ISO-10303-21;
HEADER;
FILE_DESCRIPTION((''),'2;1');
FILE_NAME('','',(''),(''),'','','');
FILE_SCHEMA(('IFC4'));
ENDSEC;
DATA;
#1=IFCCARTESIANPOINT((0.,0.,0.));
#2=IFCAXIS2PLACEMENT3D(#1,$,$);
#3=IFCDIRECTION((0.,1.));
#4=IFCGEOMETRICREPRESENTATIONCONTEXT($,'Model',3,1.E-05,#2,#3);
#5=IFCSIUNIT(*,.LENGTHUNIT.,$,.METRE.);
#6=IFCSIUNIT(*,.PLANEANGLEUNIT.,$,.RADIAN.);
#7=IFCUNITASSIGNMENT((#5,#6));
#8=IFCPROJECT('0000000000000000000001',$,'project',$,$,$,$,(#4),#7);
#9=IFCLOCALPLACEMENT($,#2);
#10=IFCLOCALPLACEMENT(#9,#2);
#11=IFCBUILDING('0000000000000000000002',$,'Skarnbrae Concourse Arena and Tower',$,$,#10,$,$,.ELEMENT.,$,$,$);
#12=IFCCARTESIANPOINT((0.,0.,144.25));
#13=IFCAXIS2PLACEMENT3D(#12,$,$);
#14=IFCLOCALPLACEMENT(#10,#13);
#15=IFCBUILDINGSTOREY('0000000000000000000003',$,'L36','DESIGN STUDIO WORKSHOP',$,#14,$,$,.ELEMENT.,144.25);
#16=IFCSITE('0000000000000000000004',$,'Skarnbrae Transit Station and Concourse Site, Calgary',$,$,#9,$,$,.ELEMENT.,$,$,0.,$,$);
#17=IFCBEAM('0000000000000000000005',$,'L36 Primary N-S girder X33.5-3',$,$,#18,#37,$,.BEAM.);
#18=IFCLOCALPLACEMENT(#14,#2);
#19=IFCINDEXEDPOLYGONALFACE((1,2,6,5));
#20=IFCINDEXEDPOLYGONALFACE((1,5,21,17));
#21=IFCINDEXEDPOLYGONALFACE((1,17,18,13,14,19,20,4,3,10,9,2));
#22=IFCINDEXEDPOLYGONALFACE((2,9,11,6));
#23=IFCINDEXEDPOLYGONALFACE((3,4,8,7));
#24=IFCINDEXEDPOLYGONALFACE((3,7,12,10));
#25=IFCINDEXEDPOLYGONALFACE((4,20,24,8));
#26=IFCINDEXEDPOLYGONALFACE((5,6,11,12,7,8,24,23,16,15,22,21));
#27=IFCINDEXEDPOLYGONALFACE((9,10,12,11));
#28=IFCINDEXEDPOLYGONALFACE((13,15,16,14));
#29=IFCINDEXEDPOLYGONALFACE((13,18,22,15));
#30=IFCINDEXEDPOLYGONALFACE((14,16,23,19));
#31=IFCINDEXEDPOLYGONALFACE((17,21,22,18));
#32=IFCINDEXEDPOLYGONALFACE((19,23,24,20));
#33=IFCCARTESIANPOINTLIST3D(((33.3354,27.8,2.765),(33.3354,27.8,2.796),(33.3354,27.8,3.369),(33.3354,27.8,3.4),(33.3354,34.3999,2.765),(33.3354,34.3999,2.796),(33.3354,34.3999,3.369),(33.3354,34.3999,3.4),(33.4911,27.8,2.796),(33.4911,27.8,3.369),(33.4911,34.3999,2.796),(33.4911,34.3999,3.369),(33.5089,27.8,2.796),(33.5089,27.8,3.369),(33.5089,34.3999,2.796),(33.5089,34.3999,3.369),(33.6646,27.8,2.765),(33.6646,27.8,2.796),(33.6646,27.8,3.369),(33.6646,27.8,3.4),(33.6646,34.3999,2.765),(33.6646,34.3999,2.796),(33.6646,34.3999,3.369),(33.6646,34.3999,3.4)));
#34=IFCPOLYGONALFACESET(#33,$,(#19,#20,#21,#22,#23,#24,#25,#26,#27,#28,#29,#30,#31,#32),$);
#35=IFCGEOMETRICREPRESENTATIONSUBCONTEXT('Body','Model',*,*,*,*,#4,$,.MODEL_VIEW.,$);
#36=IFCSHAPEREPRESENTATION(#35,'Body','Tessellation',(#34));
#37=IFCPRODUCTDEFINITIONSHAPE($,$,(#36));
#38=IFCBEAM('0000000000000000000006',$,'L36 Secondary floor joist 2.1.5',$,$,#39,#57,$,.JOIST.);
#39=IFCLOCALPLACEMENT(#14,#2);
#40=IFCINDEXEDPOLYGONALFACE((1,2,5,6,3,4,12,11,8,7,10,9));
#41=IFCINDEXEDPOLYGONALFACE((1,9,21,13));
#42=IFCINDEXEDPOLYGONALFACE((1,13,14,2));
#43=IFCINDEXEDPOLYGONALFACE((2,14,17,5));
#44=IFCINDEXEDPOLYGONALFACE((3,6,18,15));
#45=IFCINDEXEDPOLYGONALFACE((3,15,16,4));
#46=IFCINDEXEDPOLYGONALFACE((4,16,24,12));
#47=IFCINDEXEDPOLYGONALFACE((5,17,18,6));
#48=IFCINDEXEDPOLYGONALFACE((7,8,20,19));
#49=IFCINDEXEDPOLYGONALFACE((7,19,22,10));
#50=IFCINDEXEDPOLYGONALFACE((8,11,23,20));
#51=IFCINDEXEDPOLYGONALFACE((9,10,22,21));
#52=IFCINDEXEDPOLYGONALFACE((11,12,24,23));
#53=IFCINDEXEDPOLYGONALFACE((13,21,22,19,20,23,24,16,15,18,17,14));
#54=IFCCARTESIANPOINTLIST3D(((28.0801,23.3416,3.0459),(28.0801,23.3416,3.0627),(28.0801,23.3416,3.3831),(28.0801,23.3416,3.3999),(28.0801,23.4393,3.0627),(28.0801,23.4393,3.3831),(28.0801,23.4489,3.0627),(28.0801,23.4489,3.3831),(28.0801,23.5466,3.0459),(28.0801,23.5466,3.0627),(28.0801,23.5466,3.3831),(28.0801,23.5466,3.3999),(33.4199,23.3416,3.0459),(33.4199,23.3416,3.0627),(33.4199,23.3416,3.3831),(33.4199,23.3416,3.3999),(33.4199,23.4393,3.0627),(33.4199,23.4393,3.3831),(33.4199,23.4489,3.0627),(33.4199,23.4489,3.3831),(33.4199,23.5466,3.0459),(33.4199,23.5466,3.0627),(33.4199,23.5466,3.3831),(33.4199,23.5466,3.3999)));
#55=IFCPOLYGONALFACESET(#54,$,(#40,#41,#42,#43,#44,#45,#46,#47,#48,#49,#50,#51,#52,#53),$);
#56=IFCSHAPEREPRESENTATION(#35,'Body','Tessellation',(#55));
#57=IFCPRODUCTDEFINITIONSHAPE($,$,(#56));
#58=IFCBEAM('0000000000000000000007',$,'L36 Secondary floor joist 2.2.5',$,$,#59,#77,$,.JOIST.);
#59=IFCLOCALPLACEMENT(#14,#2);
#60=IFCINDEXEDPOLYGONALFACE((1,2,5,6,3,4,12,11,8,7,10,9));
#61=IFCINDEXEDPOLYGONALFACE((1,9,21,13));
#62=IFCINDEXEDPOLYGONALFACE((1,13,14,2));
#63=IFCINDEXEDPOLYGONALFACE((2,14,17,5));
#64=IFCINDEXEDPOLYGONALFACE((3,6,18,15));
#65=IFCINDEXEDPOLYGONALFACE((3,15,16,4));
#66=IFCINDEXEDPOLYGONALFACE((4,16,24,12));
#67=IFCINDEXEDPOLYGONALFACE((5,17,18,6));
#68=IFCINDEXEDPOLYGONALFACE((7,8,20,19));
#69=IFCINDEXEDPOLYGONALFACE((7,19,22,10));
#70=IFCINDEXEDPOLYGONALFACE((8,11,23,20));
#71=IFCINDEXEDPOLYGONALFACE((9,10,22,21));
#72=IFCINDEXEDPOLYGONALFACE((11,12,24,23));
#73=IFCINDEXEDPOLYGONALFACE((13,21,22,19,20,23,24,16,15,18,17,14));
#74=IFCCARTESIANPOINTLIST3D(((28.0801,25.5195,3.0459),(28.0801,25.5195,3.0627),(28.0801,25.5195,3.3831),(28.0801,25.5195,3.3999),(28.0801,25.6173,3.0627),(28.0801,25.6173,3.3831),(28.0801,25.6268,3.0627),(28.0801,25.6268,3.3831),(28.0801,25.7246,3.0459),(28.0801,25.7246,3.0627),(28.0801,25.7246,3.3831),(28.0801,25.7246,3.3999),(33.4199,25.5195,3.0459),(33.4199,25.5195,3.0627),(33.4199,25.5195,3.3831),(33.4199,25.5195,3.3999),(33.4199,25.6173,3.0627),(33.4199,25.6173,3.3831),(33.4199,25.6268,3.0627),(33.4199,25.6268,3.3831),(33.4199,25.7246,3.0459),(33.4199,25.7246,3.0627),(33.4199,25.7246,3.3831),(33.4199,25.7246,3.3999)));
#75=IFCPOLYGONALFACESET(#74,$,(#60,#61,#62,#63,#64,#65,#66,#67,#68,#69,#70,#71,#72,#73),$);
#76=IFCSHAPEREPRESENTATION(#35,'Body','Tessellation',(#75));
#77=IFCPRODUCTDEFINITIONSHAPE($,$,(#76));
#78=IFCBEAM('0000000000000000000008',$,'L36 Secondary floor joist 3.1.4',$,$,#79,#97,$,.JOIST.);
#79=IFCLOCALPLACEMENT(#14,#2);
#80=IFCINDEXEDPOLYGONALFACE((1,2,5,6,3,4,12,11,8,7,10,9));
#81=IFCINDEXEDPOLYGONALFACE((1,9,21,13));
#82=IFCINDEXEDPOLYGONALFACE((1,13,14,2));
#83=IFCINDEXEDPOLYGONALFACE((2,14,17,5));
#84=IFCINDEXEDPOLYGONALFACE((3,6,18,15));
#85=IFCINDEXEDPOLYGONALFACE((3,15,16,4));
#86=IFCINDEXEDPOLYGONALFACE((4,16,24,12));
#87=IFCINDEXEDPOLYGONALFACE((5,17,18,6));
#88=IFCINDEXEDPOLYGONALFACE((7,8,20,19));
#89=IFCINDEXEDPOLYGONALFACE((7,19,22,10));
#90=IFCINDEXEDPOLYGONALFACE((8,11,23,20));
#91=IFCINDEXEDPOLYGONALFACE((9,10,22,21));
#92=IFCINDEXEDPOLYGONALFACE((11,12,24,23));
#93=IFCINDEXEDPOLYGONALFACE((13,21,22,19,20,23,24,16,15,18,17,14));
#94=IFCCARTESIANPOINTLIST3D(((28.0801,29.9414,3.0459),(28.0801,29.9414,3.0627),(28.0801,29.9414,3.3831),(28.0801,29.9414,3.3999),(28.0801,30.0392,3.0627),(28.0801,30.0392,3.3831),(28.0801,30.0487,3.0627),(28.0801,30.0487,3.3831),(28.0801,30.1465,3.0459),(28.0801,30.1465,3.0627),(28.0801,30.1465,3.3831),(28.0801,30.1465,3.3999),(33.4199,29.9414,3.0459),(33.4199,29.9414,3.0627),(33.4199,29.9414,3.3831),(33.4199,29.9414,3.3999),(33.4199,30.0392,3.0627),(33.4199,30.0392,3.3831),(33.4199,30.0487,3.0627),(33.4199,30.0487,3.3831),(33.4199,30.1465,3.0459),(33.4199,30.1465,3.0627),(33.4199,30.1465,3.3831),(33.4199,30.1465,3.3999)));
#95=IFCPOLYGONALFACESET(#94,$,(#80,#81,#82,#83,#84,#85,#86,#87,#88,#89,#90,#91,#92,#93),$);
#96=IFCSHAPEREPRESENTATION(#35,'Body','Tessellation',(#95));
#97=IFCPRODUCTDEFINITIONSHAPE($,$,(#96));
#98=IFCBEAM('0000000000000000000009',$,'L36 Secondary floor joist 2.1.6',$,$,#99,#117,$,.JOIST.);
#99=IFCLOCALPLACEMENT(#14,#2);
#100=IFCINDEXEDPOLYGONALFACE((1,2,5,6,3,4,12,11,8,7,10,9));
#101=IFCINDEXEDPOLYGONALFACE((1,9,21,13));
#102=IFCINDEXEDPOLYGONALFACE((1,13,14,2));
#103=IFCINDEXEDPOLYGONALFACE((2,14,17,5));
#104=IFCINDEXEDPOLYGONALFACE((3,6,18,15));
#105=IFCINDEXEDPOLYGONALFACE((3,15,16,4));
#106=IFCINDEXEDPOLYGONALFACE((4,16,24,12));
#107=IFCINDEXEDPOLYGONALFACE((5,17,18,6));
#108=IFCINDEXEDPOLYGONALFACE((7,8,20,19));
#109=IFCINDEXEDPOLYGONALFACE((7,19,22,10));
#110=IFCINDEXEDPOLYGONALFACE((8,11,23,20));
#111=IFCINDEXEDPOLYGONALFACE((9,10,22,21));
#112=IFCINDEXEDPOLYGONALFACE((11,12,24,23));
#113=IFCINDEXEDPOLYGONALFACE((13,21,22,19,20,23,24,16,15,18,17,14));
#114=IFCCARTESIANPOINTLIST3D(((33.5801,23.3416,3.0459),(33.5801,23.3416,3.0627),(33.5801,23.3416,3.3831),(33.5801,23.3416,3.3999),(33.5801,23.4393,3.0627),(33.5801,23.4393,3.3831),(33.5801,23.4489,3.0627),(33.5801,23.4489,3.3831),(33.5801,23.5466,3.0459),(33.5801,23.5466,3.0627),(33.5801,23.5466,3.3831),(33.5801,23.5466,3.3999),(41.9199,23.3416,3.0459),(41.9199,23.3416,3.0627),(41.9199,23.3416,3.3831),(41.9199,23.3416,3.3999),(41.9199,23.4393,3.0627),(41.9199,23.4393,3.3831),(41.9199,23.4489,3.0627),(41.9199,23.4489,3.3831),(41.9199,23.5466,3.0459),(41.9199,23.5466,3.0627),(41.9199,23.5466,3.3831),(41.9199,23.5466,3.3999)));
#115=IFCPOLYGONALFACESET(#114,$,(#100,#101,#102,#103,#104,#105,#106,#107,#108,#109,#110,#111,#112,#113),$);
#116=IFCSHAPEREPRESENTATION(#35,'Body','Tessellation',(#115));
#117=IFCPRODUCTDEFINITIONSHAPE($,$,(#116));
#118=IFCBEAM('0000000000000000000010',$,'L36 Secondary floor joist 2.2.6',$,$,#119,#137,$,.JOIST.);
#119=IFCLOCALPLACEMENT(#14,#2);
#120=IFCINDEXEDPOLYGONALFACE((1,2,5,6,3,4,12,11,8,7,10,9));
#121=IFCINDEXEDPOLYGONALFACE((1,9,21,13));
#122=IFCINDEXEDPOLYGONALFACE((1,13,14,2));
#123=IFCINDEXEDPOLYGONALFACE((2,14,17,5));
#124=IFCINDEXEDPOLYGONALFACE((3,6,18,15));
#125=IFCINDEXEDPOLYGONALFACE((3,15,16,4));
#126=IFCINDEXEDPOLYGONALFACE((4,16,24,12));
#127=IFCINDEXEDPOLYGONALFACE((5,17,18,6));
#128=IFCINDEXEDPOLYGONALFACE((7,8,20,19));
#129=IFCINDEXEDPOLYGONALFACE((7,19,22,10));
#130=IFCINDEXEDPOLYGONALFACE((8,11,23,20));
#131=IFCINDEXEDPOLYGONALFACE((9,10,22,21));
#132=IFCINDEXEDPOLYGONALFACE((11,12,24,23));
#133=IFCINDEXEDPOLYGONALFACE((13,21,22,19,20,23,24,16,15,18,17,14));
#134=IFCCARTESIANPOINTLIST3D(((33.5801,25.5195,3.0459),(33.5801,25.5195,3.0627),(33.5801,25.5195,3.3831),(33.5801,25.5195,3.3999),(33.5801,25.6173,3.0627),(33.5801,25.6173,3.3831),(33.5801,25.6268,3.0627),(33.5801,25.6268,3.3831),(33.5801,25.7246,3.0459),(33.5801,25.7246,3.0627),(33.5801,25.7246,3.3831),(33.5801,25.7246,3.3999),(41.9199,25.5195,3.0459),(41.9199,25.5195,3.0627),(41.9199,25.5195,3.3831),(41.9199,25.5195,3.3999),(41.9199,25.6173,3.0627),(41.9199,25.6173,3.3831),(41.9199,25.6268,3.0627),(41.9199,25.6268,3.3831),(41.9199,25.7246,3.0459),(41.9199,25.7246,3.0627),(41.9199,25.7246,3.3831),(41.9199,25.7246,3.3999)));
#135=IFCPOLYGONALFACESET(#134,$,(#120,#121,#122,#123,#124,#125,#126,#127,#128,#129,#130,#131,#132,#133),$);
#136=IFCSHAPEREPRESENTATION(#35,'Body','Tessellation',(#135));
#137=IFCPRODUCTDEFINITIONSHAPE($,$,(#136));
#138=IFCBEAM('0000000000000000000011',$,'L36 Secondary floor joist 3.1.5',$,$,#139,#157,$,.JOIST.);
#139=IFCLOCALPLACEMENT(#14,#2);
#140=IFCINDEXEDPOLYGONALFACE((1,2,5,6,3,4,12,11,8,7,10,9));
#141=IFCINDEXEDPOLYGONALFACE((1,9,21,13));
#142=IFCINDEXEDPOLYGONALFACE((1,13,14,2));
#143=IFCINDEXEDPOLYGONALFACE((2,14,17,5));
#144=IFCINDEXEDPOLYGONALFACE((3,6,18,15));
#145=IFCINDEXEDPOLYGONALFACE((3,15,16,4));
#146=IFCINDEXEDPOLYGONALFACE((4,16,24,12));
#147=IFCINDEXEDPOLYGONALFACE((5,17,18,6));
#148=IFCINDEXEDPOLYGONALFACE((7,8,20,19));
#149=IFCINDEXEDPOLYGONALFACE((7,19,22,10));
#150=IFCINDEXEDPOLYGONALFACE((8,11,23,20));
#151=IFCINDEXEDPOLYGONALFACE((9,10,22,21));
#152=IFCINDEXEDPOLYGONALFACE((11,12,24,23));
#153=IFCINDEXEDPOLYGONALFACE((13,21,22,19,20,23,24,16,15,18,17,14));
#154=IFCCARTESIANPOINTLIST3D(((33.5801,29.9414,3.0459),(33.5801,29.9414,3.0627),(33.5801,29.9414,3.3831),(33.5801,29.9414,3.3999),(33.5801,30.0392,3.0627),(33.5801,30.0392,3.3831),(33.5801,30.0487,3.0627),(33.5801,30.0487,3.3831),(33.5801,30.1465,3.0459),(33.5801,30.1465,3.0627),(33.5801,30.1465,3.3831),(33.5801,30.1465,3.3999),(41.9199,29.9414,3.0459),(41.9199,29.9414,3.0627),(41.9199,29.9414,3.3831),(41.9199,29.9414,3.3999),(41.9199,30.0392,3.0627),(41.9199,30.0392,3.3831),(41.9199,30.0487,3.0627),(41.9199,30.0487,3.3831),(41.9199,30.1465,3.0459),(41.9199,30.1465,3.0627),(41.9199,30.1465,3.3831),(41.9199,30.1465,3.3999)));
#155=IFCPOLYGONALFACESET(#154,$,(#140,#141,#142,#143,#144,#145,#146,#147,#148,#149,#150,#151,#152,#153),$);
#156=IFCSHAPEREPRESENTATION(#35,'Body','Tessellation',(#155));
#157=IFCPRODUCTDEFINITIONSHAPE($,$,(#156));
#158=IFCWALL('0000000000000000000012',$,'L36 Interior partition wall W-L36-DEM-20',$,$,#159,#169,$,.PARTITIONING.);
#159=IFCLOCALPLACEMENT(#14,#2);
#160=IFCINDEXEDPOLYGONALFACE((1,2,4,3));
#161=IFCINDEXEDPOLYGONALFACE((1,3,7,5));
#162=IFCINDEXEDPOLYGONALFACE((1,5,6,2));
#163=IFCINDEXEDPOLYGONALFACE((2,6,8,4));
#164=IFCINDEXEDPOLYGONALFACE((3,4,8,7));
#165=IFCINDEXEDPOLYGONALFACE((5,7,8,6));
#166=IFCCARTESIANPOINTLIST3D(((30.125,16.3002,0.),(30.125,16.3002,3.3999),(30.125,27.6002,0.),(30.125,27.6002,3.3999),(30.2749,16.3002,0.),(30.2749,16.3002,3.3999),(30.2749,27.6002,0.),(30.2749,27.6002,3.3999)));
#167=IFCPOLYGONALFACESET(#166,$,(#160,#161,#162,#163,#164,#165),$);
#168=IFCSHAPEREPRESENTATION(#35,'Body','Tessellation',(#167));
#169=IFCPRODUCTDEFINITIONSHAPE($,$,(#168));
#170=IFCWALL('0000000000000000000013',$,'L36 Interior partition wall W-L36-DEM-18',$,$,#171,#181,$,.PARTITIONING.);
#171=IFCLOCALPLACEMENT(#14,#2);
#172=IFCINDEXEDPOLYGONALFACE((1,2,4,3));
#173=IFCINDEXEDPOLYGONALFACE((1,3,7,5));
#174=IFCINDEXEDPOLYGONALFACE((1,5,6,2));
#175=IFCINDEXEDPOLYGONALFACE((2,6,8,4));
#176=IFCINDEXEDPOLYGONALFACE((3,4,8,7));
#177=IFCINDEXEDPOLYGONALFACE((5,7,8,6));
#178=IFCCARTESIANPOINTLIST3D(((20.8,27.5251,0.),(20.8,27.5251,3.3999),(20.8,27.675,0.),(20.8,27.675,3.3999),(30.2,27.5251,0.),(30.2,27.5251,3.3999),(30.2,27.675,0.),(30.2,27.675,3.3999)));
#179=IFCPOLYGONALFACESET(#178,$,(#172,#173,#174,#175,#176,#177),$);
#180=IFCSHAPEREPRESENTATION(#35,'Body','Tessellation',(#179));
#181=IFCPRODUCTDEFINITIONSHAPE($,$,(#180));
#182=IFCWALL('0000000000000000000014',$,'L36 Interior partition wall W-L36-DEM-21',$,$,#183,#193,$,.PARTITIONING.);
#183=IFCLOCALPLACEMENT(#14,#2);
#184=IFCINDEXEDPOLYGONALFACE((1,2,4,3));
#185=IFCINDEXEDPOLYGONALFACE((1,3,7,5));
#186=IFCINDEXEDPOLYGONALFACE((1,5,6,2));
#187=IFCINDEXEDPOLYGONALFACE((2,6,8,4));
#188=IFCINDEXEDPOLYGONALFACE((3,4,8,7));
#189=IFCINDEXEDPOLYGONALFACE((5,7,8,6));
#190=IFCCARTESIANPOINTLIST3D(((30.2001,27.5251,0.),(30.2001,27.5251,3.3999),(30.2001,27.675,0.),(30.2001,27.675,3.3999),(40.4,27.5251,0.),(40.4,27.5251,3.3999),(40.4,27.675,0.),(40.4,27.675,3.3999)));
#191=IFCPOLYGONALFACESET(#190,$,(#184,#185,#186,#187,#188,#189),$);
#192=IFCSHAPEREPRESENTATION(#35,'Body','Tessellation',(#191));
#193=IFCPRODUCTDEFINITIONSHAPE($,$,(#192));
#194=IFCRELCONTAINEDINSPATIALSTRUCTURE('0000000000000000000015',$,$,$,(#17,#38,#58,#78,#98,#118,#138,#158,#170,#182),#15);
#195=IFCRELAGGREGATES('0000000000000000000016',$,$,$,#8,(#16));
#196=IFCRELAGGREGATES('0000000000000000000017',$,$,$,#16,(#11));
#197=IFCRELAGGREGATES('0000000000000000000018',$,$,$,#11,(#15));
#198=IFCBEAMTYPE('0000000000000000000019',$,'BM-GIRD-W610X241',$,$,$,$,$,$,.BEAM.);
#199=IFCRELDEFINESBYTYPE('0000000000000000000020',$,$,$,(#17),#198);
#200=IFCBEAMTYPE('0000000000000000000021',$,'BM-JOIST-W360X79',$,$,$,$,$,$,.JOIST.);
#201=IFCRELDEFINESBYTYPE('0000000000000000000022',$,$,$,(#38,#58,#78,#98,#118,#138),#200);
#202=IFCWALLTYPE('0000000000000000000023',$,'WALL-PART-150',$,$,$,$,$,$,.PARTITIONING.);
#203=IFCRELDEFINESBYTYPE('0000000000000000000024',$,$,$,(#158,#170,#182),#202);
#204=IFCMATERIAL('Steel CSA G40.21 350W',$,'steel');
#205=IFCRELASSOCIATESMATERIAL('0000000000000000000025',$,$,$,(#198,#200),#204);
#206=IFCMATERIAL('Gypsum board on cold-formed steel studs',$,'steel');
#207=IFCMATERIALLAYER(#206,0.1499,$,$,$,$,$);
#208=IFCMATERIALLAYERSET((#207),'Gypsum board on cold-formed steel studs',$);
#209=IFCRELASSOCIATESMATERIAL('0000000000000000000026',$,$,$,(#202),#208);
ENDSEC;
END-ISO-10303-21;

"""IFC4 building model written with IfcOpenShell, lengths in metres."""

from ifc_helpers import new_model, si_unit, direction, frame, frame_2d, origin, origin_2d, place, context, subcontext, project, spatial, rectangle, i_section, extrude, source, transform, mapped, material, layer, layer_set, material_profile, profile_set, type_object, element, save


model = new_model("IFC4")

# Units and contexts
model_context = context("Model", 3, precision=1e-05, world=origin(), true_north=direction((0.0, 1.0)))
body_context = subcontext(model_context, "Body", "Model", "MODEL_VIEW")
ifc_project = project(units=[si_unit("LENGTHUNIT", "METRE"), si_unit("PLANEANGLEUNIT", "RADIAN")], contexts=[model_context])

# Site, building, storey
site_placement = place(None, origin())
site = spatial("IfcSite", under=ifc_project, at=site_placement, Name="Skarnbrae Transit Station and Concourse Site, Calgary", CompositionType="ELEMENT", RefElevation=0.0)
building_placement = place(site_placement, origin())
building = spatial("IfcBuilding", under=site, at=building_placement, Name="Skarnbrae Concourse Arena and Tower", CompositionType="ELEMENT")
storey_placement = place(building_placement, frame((0.0, 0.0, 144.25)))
storey = spatial("IfcBuildingStorey", under=building, at=storey_placement, Name="L36", Description="DESIGN STUDIO WORKSHOP", CompositionType="ELEMENT", Elevation=144.25)

# Shared definitions
ifc_material_1 = material(Name="Steel CSA G40.21 350W", Category="steel")

# Beams
ifc_material_profile_1 = material_profile(ifc_material_1, i_section(OverallWidth=0.3291, OverallDepth=0.635, WebThickness=0.0178, FlangeThickness=0.031, at=origin_2d()), Name="W610X241")
ifc_profile_set_1 = profile_set([ifc_material_profile_1], Name="Steel CSA G40.21 350W")
beam_type_1 = type_object("IfcBeamType", Name="BM-GIRD-W610X241", PredefinedType="BEAM", material=ifc_profile_set_1)
shared_shape_1 = source(origin(), body_context, "Body", "SweptSolid", [
    extrude(i_section(OverallWidth=0.3291, OverallDepth=0.635, WebThickness=0.0178, FlangeThickness=0.031, at=origin_2d()), origin(), (0.0, 0.0, 1.0), 6.5999),
])
for number, where, z_axis, x_axis, name in (
    (1, (33.5, 27.8, 3.0825), (0.0, 1.0, 0.0), (-1.0, 0.0, 0.0), "L36 Primary N-S girder X33.5-3"),
):
    element("IfcBeam", number, at=place(storey_placement, frame(where, z_axis=z_axis, x_axis=x_axis)), inside=storey, type_object=beam_type_1, Name=name, PredefinedType="BEAM", context=body_context, shape_type="MappedRepresentation", body=[
        mapped(shared_shape_1, transform((0.0, 0.0, 0.0))),
    ])
ifc_material_profile_2 = material_profile(ifc_material_1, i_section(OverallWidth=0.2051, OverallDepth=0.354, WebThickness=0.0095, FlangeThickness=0.0168, at=origin_2d()), Name="W360X79")
ifc_profile_set_2 = profile_set([ifc_material_profile_2], Name="Steel CSA G40.21 350W")
beam_type_2 = type_object("IfcBeamType", Name="BM-JOIST-W360X79", PredefinedType="JOIST", material=ifc_profile_set_2)
shared_shape_2 = source(origin(), body_context, "Body", "SweptSolid", [
    extrude(i_section(OverallWidth=0.2051, OverallDepth=0.354, WebThickness=0.0095, FlangeThickness=0.0168, at=origin_2d()), origin(), (0.0, 0.0, 1.0), 5.3398),
])
for number, where, z_axis, x_axis, name in (
    (2, (28.0801, 23.4441, 3.2229), (1.0, 0.0, 0.0), (0.0, 1.0, 0.0), "L36 Secondary floor joist 2.1.5"),
    (3, (28.0801, 25.6221, 3.2229), (1.0, 0.0, 0.0), (0.0, 1.0, 0.0), "L36 Secondary floor joist 2.2.5"),
    (4, (28.0801, 30.0439, 3.2229), (1.0, 0.0, 0.0), (0.0, 1.0, 0.0), "L36 Secondary floor joist 3.1.4"),
):
    element("IfcBeam", number, at=place(storey_placement, frame(where, z_axis=z_axis, x_axis=x_axis)), inside=storey, type_object=beam_type_2, Name=name, PredefinedType="JOIST", context=body_context, shape_type="MappedRepresentation", body=[
        mapped(shared_shape_2, transform((0.0, 0.0, 0.0))),
    ])
shared_shape_3 = source(origin(), body_context, "Body", "SweptSolid", [
    extrude(i_section(OverallWidth=0.2051, OverallDepth=0.354, WebThickness=0.0095, FlangeThickness=0.0168, at=origin_2d()), origin(), (0.0, 0.0, 1.0), 8.3398),
])
for number, where, z_axis, x_axis, name in (
    (5, (33.5801, 23.4441, 3.2229), (1.0, 0.0, 0.0), (0.0, 1.0, 0.0), "L36 Secondary floor joist 2.1.6"),
    (6, (33.5801, 25.6221, 3.2229), (1.0, 0.0, 0.0), (0.0, 1.0, 0.0), "L36 Secondary floor joist 2.2.6"),
    (7, (33.5801, 30.0439, 3.2229), (1.0, 0.0, 0.0), (0.0, 1.0, 0.0), "L36 Secondary floor joist 3.1.5"),
):
    element("IfcBeam", number, at=place(storey_placement, frame(where, z_axis=z_axis, x_axis=x_axis)), inside=storey, type_object=beam_type_2, Name=name, PredefinedType="JOIST", context=body_context, shape_type="MappedRepresentation", body=[
        mapped(shared_shape_3, transform((0.0, 0.0, 0.0))),
    ])

# Walls
ifc_material_2 = material(Name="Gypsum board on cold-formed steel studs", Category="steel")
ifc_layer = layer(ifc_material_2, 0.1499)
ifc_layer_set = layer_set([ifc_layer], Name="Gypsum board on cold-formed steel studs")
wall_type = type_object("IfcWallType", Name="WALL-PART-150", PredefinedType="PARTITIONING", material=ifc_layer_set)
shared_shape_4 = source(origin(), body_context, "Body", "SweptSolid", [
    extrude(rectangle(XDim=11.3, YDim=0.1499, at=frame_2d((5.6499, 0.0))), origin(), (0.0, 0.0, 1.0), 3.3999),
])
wall_1_placement = place(storey_placement, frame((30.2, 27.6001, 0.0), z_axis=(0.0, 0.0, 1.0), x_axis=(0.0, -1.0, 0.0)))
element("IfcWall", 8, at=wall_1_placement, inside=storey, type_object=wall_type, Name="L36 Interior partition wall W-L36-DEM-20", PredefinedType="PARTITIONING", context=body_context, shape_type="MappedRepresentation", body=[
    mapped(shared_shape_4, transform((0.0, 0.0, 0.0))),
])
shared_shape_5 = source(origin(), body_context, "Body", "SweptSolid", [
    extrude(rectangle(XDim=9.3999, YDim=0.1499, at=frame_2d((4.7, 0.0))), origin(), (0.0, 0.0, 1.0), 3.3999),
])
wall_2_placement = place(storey_placement, frame((30.2, 27.6001, 0.0), z_axis=(0.0, 0.0, 1.0), x_axis=(-1.0, 0.0, 0.0)))
element("IfcWall", 9, at=wall_2_placement, inside=storey, type_object=wall_type, Name="L36 Interior partition wall W-L36-DEM-18", PredefinedType="PARTITIONING", context=body_context, shape_type="MappedRepresentation", body=[
    mapped(shared_shape_5, transform((0.0, 0.0, 0.0))),
])
shared_shape_6 = source(origin(), body_context, "Body", "SweptSolid", [
    extrude(rectangle(XDim=10.2, YDim=0.1499, at=frame_2d((5.1001, 0.0))), origin(), (0.0, 0.0, 1.0), 3.3999),
])
wall_3_placement = place(storey_placement, frame((30.2, 27.6001, 0.0), z_axis=(0.0, 0.0, 1.0), x_axis=(1.0, 0.0, 0.0)))
element("IfcWall", 10, at=wall_3_placement, inside=storey, type_object=wall_type, Name="L36 Interior partition wall W-L36-DEM-21", PredefinedType="PARTITIONING", context=body_context, shape_type="MappedRepresentation", body=[
    mapped(shared_shape_6, transform((0.0, 0.0, 0.0))),
])

save(model, "model.ifc")
